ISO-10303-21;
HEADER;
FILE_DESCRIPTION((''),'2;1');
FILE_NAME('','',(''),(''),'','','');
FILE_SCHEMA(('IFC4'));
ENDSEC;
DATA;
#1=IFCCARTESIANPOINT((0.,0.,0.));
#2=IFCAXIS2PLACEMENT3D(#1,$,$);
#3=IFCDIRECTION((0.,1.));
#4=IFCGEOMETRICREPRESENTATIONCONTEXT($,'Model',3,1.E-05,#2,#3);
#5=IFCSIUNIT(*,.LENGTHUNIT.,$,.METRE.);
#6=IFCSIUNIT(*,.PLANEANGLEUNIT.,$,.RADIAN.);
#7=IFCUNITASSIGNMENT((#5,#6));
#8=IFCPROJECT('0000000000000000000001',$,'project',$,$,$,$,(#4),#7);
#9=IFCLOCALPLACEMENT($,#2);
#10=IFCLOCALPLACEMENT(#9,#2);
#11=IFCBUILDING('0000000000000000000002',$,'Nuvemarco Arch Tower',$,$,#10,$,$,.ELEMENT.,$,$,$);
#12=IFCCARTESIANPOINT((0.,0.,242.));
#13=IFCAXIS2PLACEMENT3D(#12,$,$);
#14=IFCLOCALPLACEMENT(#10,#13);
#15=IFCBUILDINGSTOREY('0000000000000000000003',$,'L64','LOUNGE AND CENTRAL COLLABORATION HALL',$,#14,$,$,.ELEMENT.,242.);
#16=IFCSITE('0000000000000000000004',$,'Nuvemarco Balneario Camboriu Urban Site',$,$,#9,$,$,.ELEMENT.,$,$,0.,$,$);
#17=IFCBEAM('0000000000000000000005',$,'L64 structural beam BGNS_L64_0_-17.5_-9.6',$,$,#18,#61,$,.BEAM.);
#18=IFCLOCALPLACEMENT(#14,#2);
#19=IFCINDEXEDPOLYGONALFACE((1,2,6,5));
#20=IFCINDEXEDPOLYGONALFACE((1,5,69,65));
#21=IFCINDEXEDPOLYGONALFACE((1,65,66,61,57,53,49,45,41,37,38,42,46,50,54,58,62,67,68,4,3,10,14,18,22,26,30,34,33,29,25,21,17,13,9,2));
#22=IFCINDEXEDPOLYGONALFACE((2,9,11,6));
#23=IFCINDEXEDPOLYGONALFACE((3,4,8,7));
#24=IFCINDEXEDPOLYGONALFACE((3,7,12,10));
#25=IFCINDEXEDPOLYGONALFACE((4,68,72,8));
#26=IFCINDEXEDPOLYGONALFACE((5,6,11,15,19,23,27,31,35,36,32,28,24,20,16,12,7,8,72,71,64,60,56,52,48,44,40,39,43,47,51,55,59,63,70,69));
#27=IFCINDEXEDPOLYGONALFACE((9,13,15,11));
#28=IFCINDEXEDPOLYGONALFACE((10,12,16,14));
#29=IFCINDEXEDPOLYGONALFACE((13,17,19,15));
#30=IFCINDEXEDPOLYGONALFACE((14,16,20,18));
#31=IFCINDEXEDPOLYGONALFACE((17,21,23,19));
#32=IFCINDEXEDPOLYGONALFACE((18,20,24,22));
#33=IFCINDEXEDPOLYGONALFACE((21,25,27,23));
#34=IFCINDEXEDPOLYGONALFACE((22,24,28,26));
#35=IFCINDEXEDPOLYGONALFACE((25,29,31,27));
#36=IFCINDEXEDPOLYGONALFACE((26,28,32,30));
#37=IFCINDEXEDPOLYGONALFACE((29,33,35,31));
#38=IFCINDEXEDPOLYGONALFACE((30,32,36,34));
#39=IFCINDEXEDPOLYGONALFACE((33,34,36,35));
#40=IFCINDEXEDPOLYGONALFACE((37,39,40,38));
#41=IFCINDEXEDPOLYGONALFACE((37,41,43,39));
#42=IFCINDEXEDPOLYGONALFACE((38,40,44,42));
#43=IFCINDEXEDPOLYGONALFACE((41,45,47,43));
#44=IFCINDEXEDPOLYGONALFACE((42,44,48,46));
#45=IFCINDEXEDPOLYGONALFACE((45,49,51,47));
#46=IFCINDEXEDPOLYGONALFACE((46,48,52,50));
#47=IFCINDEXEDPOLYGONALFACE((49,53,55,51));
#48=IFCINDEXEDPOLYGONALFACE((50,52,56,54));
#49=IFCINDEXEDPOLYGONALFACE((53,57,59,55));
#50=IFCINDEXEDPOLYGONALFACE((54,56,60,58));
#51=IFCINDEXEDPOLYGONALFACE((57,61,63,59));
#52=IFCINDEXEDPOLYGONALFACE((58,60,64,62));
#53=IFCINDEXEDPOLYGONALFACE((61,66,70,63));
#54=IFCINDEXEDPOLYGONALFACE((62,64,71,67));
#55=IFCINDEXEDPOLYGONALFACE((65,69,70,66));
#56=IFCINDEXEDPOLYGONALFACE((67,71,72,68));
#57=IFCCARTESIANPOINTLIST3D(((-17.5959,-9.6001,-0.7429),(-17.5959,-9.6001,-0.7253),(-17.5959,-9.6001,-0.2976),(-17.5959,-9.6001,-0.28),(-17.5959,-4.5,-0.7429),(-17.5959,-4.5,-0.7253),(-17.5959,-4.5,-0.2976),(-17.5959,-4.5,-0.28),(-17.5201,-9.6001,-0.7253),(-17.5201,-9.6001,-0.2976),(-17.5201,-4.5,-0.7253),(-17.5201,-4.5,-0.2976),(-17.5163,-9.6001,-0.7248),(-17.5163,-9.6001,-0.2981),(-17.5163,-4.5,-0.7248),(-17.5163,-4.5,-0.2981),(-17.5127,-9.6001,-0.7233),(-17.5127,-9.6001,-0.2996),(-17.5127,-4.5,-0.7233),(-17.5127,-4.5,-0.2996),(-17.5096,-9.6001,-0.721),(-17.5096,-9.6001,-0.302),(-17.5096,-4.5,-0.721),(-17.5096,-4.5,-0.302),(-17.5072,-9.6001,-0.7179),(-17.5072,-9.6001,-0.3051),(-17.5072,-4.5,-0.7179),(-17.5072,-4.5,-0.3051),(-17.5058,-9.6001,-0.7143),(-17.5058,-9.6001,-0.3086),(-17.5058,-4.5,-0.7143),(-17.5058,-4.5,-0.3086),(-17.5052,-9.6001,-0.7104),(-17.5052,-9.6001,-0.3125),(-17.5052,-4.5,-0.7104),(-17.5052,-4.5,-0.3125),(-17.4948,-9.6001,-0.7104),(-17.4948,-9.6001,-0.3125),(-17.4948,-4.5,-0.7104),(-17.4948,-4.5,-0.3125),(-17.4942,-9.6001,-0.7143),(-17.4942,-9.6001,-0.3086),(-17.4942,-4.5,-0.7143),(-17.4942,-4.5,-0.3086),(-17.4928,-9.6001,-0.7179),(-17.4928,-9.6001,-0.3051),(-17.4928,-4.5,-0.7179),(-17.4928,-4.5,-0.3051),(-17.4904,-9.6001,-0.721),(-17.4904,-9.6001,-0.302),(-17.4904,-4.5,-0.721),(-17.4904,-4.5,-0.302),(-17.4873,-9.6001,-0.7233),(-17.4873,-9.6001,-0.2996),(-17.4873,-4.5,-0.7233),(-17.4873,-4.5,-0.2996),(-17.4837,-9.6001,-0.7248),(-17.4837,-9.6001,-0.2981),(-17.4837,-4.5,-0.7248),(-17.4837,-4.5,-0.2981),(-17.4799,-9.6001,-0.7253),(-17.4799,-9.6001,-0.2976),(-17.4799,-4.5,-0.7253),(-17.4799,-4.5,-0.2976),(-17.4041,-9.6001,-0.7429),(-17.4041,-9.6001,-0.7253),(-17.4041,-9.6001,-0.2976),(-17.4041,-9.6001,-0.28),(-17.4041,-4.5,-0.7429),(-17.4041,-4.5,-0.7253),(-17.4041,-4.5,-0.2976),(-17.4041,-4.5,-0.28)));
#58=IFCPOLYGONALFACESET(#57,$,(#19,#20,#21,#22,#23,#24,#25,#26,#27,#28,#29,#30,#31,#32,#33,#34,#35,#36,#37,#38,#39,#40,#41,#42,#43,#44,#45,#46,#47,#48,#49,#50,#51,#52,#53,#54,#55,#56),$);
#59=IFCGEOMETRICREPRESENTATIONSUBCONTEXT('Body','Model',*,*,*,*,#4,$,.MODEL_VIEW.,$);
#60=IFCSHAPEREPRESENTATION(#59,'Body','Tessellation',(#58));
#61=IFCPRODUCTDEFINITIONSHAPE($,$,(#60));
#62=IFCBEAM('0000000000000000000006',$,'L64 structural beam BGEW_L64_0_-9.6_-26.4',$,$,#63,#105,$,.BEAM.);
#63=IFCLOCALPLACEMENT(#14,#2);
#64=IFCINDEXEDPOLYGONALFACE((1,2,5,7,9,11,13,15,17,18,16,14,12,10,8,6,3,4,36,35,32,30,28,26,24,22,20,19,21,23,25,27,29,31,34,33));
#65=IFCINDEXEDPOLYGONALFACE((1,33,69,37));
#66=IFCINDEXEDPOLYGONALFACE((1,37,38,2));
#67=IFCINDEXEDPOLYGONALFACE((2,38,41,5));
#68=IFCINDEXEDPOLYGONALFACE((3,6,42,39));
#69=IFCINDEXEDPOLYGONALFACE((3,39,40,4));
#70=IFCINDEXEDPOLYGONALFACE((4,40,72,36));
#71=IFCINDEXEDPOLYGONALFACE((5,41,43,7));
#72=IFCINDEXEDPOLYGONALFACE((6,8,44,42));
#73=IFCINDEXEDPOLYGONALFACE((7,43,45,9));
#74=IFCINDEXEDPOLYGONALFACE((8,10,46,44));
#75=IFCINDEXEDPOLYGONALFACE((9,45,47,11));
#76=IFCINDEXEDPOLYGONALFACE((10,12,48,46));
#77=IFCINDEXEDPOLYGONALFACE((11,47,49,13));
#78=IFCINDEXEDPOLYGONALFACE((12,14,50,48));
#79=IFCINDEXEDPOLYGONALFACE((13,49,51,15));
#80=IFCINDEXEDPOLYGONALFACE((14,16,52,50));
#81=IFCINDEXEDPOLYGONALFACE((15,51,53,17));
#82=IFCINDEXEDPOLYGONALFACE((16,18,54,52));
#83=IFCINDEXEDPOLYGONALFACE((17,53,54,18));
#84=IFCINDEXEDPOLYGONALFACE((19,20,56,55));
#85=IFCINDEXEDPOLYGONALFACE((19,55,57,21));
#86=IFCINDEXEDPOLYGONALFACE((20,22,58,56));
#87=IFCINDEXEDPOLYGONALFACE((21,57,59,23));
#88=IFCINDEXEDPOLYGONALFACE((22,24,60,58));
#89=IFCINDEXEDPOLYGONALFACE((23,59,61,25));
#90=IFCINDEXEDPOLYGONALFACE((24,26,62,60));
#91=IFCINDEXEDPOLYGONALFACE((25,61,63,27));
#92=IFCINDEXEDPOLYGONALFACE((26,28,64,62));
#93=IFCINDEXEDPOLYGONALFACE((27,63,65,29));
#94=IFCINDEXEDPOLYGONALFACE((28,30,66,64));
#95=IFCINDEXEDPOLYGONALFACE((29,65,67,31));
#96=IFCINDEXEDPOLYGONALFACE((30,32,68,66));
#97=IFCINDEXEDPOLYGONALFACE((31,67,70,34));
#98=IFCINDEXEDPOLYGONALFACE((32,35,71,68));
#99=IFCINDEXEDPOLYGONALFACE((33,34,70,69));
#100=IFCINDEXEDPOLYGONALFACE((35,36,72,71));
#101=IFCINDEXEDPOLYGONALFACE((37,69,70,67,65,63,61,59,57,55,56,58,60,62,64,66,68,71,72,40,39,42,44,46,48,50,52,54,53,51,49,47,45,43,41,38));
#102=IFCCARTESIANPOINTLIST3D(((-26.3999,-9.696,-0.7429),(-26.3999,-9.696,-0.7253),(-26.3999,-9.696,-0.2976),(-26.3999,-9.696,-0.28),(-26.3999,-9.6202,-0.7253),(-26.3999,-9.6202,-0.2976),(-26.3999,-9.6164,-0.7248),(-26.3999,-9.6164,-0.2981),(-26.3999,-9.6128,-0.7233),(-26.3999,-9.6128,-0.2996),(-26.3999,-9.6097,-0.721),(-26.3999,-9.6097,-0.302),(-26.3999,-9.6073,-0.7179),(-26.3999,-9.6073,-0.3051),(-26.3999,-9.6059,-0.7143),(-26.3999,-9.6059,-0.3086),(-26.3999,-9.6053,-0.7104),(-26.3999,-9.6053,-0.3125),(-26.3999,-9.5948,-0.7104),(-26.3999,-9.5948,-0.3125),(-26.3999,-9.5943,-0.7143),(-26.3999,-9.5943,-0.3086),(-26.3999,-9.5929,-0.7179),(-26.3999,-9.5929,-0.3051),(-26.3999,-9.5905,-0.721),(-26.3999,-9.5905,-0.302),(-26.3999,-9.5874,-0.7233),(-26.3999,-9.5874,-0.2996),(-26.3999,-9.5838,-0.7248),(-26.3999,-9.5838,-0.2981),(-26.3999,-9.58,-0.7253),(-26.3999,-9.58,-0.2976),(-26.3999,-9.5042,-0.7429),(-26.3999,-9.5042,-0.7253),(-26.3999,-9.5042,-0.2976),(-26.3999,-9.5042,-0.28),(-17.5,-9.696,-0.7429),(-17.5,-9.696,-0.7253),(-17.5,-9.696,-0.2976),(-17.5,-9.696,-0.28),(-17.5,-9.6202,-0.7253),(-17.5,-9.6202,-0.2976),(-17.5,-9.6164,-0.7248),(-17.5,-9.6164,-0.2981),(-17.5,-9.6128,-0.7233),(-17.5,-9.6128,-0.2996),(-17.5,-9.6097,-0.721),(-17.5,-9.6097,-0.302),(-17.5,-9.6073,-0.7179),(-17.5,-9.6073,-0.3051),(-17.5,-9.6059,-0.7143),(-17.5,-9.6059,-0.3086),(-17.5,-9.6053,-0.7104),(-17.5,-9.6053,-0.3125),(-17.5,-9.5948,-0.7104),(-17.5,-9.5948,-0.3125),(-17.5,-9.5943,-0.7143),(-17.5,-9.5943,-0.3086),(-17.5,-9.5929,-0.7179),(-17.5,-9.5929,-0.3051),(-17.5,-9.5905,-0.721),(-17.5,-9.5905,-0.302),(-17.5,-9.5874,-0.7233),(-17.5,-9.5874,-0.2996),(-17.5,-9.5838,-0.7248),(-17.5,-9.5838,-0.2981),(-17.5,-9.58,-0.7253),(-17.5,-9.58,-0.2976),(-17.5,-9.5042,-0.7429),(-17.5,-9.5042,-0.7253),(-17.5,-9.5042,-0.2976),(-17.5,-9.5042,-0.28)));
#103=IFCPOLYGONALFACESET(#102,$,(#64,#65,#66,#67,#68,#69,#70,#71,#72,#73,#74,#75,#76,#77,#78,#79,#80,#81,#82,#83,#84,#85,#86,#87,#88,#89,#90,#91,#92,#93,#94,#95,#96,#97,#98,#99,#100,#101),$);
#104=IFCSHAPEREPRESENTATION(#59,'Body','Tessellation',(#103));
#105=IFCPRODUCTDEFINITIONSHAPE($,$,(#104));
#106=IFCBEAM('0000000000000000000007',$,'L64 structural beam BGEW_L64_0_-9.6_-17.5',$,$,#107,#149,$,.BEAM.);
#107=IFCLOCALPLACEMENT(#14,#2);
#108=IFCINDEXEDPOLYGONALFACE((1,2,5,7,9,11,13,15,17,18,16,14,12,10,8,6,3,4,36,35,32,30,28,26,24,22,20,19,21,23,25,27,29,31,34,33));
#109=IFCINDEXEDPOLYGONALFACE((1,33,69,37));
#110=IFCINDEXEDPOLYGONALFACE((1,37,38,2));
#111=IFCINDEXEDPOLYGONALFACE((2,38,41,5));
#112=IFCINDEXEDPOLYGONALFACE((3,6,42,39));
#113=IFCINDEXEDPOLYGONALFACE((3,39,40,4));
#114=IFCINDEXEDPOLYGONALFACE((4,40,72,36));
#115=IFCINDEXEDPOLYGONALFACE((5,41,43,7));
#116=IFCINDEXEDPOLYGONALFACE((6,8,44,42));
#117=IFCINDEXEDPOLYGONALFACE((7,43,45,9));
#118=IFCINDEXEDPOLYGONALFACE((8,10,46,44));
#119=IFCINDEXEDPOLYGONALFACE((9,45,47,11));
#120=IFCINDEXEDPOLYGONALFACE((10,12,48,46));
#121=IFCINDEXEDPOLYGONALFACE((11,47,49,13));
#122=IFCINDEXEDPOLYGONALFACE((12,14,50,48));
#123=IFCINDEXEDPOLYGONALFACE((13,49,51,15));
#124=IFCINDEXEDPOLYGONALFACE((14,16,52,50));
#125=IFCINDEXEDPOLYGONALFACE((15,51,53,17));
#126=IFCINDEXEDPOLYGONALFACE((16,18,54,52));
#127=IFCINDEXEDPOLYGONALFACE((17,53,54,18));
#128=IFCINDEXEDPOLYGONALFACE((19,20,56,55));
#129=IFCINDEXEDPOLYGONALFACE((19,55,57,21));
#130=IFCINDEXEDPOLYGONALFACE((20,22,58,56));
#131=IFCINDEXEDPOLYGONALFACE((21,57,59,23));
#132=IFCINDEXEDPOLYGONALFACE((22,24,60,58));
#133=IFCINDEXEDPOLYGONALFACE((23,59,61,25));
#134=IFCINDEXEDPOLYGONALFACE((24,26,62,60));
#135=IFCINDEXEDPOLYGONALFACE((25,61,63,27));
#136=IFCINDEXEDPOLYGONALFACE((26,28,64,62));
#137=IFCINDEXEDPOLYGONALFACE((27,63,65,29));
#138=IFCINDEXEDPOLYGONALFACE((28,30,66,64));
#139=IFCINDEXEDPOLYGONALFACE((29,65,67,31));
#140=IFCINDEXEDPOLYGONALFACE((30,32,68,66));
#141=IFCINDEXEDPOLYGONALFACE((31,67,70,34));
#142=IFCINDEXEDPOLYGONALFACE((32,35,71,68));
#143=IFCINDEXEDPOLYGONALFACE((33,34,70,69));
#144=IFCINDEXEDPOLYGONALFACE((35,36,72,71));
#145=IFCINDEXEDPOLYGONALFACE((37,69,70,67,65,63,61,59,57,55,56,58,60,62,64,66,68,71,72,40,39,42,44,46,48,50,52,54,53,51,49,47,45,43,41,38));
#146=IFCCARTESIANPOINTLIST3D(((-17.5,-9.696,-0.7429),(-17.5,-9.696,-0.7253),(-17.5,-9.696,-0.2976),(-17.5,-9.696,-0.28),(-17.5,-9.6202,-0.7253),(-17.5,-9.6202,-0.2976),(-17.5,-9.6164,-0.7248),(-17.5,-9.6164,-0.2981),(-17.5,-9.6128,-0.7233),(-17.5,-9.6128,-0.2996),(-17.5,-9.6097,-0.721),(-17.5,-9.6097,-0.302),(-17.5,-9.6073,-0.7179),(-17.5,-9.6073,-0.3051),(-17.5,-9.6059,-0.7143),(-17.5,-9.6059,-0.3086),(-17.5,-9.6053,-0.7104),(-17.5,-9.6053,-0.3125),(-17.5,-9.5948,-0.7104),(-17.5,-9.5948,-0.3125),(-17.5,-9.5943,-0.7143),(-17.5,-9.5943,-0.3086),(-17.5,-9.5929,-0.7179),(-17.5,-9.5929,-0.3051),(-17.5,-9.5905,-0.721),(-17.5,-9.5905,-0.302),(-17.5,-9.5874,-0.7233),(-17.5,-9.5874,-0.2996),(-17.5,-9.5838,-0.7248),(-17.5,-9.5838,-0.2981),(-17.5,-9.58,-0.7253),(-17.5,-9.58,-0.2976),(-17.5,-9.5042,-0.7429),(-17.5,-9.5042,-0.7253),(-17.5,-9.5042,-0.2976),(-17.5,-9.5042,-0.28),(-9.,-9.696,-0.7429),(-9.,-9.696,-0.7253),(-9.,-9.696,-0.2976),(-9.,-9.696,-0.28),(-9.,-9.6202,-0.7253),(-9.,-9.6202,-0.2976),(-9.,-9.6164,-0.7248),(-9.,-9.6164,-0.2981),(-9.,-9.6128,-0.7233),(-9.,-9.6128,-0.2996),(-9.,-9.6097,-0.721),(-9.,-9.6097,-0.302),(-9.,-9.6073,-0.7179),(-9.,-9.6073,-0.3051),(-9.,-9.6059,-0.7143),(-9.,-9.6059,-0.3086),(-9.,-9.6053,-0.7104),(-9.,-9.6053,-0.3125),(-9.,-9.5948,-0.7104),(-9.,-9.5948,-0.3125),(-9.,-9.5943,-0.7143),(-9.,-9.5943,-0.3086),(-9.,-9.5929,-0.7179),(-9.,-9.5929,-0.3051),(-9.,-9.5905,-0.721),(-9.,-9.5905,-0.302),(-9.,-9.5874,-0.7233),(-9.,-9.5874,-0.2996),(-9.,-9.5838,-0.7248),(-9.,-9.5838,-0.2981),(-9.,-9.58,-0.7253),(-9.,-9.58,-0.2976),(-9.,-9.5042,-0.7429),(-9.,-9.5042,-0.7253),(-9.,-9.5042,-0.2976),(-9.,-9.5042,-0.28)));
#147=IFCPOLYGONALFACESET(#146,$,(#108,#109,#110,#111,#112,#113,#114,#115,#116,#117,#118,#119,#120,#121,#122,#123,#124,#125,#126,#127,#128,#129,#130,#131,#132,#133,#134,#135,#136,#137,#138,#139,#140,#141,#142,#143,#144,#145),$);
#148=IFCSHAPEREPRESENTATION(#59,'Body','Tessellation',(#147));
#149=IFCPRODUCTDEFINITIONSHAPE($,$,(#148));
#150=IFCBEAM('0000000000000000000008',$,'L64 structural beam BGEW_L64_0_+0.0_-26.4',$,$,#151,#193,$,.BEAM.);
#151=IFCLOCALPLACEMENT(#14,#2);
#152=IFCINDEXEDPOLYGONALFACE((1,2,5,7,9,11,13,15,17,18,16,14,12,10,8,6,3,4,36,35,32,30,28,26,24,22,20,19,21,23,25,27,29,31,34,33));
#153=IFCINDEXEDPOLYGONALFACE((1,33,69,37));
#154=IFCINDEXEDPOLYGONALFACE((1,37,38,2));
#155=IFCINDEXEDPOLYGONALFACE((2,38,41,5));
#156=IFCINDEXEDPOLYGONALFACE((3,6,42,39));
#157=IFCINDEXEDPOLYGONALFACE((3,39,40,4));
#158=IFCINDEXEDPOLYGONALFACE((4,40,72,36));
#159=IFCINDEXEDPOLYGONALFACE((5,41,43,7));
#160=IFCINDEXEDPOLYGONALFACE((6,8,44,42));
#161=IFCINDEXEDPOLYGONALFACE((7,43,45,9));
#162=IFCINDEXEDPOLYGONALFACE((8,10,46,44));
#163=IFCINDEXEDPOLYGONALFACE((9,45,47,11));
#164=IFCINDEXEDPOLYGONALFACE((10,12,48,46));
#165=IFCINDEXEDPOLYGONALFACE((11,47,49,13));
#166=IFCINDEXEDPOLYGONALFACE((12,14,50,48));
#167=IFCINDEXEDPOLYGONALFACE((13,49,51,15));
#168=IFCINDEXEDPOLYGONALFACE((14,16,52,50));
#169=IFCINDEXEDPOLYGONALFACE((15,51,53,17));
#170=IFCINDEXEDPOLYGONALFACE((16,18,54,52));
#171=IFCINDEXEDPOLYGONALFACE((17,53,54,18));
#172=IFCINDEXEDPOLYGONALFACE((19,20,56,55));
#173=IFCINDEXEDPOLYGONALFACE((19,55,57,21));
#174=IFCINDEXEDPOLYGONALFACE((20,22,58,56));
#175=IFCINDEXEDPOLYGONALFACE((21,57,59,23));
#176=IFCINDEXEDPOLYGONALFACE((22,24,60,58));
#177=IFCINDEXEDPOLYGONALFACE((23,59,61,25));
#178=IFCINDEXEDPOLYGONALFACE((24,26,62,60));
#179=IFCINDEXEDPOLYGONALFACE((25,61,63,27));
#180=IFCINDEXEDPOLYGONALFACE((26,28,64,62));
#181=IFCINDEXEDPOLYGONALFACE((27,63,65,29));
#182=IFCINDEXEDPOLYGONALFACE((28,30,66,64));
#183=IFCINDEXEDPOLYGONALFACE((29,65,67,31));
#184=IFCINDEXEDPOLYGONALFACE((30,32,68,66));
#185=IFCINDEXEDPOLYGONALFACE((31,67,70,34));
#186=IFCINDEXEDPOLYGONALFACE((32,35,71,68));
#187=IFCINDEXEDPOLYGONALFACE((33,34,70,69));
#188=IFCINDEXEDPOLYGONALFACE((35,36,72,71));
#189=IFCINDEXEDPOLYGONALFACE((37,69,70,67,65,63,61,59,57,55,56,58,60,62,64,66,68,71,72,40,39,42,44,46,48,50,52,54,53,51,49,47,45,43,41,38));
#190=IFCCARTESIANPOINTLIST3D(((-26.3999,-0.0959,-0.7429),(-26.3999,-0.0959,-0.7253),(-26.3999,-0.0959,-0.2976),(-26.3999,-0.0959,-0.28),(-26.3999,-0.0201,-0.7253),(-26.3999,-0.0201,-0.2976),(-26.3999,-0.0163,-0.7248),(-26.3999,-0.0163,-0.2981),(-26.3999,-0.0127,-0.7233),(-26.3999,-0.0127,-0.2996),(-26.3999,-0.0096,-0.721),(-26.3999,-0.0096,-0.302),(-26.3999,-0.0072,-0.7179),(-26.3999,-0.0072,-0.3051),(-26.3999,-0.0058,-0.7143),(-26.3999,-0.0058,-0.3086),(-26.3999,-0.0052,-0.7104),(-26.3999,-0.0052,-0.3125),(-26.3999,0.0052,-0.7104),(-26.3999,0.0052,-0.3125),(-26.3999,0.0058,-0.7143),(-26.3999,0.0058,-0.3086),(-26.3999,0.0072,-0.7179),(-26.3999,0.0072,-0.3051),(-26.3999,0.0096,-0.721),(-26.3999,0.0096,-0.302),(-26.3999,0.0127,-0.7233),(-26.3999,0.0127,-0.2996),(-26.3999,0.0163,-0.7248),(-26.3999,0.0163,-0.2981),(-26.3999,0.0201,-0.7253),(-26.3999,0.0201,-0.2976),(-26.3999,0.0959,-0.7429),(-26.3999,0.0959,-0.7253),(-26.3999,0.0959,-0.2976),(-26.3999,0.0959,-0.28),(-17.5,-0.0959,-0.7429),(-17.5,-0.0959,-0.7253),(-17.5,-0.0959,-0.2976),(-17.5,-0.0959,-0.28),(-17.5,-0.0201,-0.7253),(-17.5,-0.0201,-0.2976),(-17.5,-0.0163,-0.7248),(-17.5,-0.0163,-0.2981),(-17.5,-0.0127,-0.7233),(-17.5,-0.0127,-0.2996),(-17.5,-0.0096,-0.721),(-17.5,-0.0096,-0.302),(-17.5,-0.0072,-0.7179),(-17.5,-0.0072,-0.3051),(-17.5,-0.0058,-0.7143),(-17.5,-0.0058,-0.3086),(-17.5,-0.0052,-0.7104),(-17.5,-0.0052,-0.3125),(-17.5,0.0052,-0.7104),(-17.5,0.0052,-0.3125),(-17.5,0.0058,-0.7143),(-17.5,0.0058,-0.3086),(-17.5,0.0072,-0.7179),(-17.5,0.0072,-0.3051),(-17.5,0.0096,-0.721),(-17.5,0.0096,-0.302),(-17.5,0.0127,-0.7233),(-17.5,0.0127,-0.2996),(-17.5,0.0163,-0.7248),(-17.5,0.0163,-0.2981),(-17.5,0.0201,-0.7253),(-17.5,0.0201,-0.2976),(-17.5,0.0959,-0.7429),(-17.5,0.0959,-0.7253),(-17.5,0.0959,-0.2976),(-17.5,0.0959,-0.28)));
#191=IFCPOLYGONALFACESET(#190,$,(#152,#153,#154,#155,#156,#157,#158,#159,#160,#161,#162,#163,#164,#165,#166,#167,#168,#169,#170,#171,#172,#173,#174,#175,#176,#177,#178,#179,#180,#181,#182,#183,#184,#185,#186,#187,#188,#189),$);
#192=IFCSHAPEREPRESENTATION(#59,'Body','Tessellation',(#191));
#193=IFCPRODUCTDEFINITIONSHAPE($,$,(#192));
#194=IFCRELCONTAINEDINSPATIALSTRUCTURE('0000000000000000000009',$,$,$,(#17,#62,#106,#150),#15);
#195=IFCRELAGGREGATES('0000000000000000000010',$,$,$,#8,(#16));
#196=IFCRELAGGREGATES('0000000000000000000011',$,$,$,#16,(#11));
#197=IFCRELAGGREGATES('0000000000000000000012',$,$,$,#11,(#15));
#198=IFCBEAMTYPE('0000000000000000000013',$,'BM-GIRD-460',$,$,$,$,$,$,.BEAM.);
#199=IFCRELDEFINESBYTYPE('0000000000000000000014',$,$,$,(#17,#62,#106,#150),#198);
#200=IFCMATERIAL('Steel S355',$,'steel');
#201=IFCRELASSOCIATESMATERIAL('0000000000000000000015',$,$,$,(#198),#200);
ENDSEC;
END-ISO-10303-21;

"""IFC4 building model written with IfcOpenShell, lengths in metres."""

from ifc_helpers import new_model, si_unit, direction, frame, origin, origin_2d, place, context, subcontext, project, spatial, i_section, extrude, material, material_profile, profile_set, type_object, element, save


model = new_model("IFC4")

# Units and contexts
model_context = context("Model", 3, precision=1e-05, world=origin(), true_north=direction((0.0, 1.0)))
body_context = subcontext(model_context, "Body", "Model", "MODEL_VIEW")
ifc_project = project(units=[si_unit("LENGTHUNIT", "METRE"), si_unit("PLANEANGLEUNIT", "RADIAN")], contexts=[model_context])

# Site, building, storey
site_placement = place(None, origin())
site = spatial("IfcSite", under=ifc_project, at=site_placement, Name="Nuvemarco Balneario Camboriu Urban Site", CompositionType="ELEMENT", RefElevation=0.0)
building_placement = place(site_placement, origin())
building = spatial("IfcBuilding", under=site, at=building_placement, Name="Nuvemarco Arch Tower", CompositionType="ELEMENT")
storey_placement = place(building_placement, frame((0.0, 0.0, 242.0)))
storey = spatial("IfcBuildingStorey", under=building, at=storey_placement, Name="L64", Description="LOUNGE AND CENTRAL COLLABORATION HALL", CompositionType="ELEMENT", Elevation=242.0)

# Shared definitions
ifc_material_1 = material(Name="Steel S355", Category="steel")

# Beams
ifc_material_profile_1 = material_profile(ifc_material_1, i_section(OverallWidth=0.1919, OverallDepth=0.4629, WebThickness=0.0105, FlangeThickness=0.0176, FilletRadius=0.0149, at=origin_2d()), Name="W460x89")
ifc_profile_set_1 = profile_set([ifc_material_profile_1], Name="Steel S355")
beam_type_1 = type_object("IfcBeamType", Name="BM-GIRD-460", PredefinedType="BEAM", material=ifc_profile_set_1)
beam_1_placement = place(storey_placement, frame((-17.5, -9.6001, -0.5115), z_axis=(0.0, 1.0, 0.0), x_axis=(-1.0, 0.0, 0.0)))
element("IfcBeam", 1, at=beam_1_placement, inside=storey, type_object=beam_type_1, Name="L64 structural beam BGNS_L64_0_-17.5_-9.6", PredefinedType="BEAM", context=body_context, shape_type="SweptSolid", body=[
    extrude(i_section(OverallWidth=0.1919, OverallDepth=0.4629, WebThickness=0.0105, FlangeThickness=0.0176, FilletRadius=0.0149, at=origin_2d()), origin(), (0.0, 0.0, 1.0), 5.1001),
])
beam_2_placement = place(storey_placement, frame((-26.3999, -9.6001, -0.5115), z_axis=(1.0, 0.0, 0.0), x_axis=(0.0, 1.0, 0.0)))
element("IfcBeam", 2, at=beam_2_placement, inside=storey, type_object=beam_type_1, Name="L64 structural beam BGEW_L64_0_-9.6_-26.4", PredefinedType="BEAM", context=body_context, shape_type="SweptSolid", body=[
    extrude(i_section(OverallWidth=0.1919, OverallDepth=0.4629, WebThickness=0.0105, FlangeThickness=0.0176, FilletRadius=0.0149, at=origin_2d()), origin(), (0.0, 0.0, 1.0), 8.8999),
])
beam_3_placement = place(storey_placement, frame((-17.5, -9.6001, -0.5115), z_axis=(1.0, 0.0, 0.0), x_axis=(0.0, 1.0, 0.0)))
element("IfcBeam", 3, at=beam_3_placement, inside=storey, type_object=beam_type_1, Name="L64 structural beam BGEW_L64_0_-9.6_-17.5", PredefinedType="BEAM", context=body_context, shape_type="SweptSolid", body=[
    extrude(i_section(OverallWidth=0.1919, OverallDepth=0.4629, WebThickness=0.0105, FlangeThickness=0.0176, FilletRadius=0.0149, at=origin_2d()), origin(), (0.0, 0.0, 1.0), 8.5),
])
beam_4_placement = place(storey_placement, frame((-26.3999, 0.0, -0.5115), z_axis=(1.0, 0.0, 0.0), x_axis=(0.0, 1.0, 0.0)))
element("IfcBeam", 4, at=beam_4_placement, inside=storey, type_object=beam_type_1, Name="L64 structural beam BGEW_L64_0_+0.0_-26.4", PredefinedType="BEAM", context=body_context, shape_type="SweptSolid", body=[
    extrude(i_section(OverallWidth=0.1919, OverallDepth=0.4629, WebThickness=0.0105, FlangeThickness=0.0176, FilletRadius=0.0149, at=origin_2d()), origin(), (0.0, 0.0, 1.0), 8.8999),
])

save(model, "model.ifc")
